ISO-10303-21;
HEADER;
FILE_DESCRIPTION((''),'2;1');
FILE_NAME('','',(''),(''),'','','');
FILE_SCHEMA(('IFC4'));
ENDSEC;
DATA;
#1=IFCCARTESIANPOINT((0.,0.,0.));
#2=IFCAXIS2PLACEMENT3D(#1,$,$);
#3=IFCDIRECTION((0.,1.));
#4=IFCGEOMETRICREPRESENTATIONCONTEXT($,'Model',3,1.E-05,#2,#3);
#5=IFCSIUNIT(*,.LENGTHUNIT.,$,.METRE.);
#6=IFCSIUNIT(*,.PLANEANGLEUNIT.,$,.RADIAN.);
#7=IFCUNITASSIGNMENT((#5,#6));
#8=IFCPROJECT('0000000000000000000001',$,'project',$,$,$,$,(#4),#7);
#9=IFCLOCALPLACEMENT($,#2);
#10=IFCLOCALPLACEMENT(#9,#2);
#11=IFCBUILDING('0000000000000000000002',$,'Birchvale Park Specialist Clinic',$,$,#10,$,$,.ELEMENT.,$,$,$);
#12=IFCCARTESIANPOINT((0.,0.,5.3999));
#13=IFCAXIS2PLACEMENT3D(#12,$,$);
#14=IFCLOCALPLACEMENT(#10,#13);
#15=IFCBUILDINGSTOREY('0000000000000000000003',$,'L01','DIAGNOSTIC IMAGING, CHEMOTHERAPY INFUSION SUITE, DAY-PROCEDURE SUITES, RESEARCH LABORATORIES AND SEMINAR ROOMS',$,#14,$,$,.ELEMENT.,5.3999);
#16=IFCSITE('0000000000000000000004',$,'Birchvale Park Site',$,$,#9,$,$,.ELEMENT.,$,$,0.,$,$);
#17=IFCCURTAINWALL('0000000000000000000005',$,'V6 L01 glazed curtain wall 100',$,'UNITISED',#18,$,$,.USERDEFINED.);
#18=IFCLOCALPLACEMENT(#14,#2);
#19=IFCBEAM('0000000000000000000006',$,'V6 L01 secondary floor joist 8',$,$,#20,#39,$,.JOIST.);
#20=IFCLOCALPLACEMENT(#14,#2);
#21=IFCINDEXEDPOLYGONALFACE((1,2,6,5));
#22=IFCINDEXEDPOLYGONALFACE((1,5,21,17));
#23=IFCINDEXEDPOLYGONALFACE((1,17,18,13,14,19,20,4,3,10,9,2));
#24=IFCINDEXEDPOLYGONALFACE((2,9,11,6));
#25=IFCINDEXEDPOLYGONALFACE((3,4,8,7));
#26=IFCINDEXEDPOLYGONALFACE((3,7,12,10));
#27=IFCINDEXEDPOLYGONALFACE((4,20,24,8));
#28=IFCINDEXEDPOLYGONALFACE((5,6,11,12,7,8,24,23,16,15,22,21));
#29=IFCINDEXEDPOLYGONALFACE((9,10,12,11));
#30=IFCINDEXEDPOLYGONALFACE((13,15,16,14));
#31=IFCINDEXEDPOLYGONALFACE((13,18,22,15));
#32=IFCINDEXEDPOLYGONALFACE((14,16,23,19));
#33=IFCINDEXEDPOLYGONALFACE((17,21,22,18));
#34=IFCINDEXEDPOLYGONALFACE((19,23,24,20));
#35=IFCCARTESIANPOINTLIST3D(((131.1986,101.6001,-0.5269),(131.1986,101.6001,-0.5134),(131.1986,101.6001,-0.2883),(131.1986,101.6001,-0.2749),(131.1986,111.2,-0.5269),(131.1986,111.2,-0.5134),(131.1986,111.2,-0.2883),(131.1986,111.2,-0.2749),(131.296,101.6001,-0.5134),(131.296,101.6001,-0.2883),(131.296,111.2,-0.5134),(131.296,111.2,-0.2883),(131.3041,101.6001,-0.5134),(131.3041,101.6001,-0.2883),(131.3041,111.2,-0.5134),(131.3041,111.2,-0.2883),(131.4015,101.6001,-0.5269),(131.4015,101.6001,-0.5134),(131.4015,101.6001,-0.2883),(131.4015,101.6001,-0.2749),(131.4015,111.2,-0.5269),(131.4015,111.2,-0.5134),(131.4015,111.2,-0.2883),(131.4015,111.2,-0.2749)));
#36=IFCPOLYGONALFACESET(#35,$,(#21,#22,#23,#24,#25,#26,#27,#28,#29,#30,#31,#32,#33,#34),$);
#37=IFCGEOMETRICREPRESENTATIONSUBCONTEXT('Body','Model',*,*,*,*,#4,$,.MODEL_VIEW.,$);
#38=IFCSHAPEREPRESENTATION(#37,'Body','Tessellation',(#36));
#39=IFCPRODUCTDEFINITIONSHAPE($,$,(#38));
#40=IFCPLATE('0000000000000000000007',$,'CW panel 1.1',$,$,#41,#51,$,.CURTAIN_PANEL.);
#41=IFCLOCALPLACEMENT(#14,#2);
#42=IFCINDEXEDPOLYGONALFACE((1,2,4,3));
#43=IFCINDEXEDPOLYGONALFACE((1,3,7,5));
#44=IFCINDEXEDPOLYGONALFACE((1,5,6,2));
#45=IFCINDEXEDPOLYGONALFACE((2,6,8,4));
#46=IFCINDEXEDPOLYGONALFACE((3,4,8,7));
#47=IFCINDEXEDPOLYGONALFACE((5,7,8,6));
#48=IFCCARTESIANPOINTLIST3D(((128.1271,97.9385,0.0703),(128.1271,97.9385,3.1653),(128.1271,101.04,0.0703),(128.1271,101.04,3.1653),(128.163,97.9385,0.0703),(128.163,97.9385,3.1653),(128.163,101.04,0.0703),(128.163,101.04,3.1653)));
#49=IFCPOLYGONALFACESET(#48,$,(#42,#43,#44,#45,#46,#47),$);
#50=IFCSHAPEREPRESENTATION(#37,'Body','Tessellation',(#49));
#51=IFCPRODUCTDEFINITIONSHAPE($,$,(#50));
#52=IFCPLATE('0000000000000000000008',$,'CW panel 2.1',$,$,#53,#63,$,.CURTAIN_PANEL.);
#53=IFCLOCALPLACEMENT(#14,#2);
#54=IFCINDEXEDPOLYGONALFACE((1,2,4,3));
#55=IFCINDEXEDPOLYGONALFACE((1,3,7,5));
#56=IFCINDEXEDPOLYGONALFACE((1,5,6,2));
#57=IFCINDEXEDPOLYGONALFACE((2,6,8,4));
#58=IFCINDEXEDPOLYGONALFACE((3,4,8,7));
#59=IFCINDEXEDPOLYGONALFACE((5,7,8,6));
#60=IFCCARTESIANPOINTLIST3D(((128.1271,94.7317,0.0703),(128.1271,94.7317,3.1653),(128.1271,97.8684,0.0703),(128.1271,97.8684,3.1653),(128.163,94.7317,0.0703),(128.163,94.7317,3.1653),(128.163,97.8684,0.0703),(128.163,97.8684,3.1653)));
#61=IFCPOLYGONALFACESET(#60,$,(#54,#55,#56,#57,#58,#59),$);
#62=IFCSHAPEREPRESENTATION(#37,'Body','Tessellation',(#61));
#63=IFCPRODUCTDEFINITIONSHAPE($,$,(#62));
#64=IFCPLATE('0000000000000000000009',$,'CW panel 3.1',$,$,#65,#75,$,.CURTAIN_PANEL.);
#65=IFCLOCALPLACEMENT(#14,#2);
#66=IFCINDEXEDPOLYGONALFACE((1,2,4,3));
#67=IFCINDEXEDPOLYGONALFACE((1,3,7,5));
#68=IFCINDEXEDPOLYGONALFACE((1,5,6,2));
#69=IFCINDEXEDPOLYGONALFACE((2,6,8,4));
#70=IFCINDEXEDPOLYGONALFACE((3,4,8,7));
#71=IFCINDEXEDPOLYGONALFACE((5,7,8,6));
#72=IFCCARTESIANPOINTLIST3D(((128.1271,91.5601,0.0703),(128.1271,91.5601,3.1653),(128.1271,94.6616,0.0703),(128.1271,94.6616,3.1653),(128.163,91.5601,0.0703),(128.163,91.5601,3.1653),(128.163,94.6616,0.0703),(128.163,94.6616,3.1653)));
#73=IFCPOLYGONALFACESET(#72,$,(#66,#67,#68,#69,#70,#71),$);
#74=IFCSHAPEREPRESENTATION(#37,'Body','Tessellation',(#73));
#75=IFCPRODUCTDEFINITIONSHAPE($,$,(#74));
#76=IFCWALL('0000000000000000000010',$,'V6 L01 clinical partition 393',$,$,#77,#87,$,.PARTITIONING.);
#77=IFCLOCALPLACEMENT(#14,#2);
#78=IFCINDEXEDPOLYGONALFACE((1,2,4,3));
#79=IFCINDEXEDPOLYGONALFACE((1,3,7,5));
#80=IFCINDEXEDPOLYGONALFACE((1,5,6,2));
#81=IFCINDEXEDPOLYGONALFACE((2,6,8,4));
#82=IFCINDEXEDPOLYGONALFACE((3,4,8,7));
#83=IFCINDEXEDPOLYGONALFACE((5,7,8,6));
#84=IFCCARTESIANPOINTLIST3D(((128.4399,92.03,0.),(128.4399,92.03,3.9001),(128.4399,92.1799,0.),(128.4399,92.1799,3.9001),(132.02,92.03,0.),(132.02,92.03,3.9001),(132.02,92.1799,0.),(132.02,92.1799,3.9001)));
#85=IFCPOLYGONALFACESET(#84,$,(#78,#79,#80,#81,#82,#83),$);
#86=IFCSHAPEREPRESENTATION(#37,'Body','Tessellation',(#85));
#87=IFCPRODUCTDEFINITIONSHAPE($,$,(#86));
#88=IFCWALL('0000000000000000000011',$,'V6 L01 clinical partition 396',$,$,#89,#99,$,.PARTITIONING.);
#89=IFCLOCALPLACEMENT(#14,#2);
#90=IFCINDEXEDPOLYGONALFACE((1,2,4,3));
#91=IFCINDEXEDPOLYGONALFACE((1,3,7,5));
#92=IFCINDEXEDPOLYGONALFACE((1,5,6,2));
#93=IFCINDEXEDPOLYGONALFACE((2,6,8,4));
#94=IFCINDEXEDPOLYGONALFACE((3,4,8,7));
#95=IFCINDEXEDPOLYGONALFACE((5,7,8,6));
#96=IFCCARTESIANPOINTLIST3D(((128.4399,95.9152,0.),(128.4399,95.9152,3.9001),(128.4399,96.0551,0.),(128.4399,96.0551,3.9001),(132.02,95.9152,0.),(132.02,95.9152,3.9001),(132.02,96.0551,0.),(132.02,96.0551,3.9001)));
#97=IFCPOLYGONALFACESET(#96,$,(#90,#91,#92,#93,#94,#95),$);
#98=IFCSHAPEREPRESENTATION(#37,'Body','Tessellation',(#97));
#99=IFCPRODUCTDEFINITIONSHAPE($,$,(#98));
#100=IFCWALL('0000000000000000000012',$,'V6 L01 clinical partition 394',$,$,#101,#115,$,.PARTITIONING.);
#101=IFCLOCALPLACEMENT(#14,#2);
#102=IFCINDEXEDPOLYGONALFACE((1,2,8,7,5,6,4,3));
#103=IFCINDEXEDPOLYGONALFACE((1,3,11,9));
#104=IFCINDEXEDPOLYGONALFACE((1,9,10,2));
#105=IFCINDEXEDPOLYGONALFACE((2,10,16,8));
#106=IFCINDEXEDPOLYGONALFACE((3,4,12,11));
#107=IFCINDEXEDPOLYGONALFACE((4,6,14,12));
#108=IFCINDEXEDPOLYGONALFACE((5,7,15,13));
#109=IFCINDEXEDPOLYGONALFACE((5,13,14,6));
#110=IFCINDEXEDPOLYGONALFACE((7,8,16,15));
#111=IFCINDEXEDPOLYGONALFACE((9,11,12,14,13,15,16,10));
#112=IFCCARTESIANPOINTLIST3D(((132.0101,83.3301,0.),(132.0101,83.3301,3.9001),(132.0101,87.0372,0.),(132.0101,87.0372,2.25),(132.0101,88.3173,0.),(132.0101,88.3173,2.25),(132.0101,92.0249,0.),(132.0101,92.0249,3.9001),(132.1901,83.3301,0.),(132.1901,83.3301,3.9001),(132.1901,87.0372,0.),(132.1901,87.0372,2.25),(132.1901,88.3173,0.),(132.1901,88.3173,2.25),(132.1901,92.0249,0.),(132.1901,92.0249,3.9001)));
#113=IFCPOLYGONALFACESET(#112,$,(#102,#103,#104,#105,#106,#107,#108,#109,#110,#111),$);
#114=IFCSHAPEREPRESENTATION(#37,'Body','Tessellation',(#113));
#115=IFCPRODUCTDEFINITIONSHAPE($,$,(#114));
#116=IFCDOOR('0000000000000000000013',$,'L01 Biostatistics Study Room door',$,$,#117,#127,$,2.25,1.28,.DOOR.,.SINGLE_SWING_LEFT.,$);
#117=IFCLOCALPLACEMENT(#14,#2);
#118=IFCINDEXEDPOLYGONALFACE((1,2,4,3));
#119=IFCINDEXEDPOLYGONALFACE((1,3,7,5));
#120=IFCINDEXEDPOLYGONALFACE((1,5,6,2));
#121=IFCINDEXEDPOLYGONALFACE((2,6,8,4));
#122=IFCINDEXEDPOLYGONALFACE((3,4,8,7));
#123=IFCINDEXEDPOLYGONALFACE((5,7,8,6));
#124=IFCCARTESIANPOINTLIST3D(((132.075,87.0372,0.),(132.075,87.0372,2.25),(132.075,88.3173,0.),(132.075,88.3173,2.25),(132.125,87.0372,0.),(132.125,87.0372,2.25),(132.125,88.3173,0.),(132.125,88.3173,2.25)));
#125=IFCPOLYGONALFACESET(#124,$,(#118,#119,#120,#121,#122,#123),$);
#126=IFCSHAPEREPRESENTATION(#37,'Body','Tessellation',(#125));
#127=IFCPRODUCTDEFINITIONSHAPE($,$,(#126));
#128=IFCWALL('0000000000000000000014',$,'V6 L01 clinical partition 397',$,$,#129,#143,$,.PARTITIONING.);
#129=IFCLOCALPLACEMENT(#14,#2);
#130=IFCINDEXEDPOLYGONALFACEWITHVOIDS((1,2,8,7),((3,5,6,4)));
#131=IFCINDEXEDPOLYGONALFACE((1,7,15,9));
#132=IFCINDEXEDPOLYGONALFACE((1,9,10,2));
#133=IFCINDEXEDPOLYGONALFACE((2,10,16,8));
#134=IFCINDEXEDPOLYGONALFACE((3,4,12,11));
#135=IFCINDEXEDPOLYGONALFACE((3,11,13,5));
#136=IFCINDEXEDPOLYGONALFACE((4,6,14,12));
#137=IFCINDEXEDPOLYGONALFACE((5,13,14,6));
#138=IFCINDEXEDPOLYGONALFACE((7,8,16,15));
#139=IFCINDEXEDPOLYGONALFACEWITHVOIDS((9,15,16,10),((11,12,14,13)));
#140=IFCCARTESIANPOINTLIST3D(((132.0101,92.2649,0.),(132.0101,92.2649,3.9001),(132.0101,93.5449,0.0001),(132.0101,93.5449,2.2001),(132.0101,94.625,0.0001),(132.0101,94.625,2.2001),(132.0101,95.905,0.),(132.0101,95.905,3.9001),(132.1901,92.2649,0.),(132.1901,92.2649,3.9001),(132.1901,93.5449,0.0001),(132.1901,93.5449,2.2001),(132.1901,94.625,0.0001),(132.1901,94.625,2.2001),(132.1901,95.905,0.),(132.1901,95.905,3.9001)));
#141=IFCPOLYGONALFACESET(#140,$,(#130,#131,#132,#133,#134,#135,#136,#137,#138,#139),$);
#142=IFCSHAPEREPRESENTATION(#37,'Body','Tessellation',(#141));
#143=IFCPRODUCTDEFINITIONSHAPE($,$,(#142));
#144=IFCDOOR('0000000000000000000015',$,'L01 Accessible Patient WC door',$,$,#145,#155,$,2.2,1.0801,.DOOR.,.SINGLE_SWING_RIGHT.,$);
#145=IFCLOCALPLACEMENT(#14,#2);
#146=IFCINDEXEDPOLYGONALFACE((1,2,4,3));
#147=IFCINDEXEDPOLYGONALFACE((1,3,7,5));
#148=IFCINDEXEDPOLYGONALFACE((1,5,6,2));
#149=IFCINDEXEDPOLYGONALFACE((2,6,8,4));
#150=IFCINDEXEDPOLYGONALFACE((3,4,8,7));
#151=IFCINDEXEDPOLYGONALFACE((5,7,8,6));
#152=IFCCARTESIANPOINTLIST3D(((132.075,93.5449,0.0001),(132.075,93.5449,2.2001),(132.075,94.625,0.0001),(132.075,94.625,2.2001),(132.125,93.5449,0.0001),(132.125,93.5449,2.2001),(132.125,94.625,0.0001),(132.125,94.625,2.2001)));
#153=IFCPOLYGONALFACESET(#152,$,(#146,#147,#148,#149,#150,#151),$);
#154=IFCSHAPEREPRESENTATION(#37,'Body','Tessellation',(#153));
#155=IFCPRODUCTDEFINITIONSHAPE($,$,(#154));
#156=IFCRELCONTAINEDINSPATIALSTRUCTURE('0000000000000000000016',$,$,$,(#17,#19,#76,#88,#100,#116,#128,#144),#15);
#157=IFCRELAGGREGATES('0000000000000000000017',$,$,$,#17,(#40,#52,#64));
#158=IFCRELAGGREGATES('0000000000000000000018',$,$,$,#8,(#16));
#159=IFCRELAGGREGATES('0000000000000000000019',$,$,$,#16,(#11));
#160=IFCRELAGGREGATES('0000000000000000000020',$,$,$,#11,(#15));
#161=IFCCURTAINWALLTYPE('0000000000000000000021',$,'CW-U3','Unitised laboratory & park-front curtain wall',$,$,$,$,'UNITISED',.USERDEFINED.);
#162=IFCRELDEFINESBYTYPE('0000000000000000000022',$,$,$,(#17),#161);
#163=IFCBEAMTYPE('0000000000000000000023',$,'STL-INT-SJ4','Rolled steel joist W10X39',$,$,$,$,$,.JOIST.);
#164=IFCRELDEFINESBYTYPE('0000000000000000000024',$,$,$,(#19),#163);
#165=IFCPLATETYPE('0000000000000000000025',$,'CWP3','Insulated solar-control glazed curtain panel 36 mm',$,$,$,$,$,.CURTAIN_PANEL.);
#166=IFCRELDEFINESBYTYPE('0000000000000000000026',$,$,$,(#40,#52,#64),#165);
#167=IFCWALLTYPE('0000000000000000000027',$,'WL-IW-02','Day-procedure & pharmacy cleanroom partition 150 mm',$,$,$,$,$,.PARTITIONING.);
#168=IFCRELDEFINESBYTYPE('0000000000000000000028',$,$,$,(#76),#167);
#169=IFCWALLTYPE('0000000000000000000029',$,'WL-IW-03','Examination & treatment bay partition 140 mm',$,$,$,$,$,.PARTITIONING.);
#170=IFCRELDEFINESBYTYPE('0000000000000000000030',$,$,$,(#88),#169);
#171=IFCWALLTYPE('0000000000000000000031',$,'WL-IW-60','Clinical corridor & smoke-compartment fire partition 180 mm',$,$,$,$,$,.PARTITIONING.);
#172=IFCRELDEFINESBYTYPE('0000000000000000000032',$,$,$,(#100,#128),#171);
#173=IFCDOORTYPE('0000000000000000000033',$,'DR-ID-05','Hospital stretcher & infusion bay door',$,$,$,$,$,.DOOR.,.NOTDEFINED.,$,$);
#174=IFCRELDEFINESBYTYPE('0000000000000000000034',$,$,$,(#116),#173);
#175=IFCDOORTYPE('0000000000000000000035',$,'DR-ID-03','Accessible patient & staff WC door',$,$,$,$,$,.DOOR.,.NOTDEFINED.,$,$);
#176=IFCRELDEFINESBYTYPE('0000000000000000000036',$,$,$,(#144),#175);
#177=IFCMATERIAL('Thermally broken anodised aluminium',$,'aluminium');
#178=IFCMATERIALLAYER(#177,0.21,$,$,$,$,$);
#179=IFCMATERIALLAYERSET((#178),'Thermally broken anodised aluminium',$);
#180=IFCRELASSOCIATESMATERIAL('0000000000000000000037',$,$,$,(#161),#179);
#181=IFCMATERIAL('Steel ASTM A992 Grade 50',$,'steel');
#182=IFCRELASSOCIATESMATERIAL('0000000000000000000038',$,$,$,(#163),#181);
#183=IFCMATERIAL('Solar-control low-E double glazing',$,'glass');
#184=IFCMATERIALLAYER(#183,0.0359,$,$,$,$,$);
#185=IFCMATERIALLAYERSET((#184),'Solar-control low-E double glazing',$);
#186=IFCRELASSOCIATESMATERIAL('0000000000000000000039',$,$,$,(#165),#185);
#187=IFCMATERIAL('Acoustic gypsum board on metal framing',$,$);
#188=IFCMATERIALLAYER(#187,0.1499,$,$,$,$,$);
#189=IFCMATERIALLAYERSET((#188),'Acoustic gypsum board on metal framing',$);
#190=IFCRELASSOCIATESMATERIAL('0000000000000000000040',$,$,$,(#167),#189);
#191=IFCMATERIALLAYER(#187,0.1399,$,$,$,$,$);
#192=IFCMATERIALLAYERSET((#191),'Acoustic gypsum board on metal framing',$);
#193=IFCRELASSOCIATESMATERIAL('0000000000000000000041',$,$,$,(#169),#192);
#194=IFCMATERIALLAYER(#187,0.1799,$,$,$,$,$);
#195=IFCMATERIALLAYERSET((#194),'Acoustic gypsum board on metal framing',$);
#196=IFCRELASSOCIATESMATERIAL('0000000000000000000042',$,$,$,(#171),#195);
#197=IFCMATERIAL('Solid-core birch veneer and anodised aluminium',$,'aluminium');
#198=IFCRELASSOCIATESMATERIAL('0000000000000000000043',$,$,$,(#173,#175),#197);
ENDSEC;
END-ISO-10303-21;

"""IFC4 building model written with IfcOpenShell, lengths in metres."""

from ifc_helpers import new_model, si_unit, direction, frame, frame_2d, origin, origin_2d, place, context, subcontext, project, spatial, rectangle, i_section, extrude, material, layer, layer_set, material_profile, profile_set, type_object, element, fill, aggregate, save


model = new_model("IFC4")

# Units and contexts
model_context = context("Model", 3, precision=1e-05, world=origin(), true_north=direction((0.0, 1.0)))
body_context = subcontext(model_context, "Body", "Model", "MODEL_VIEW")
ifc_project = project(units=[si_unit("LENGTHUNIT", "METRE"), si_unit("PLANEANGLEUNIT", "RADIAN")], contexts=[model_context])

# Site, building, storey
site_placement = place(None, origin())
site = spatial("IfcSite", under=ifc_project, at=site_placement, Name="Birchvale Park Site", CompositionType="ELEMENT", RefElevation=0.0)
building_placement = place(site_placement, origin())
building = spatial("IfcBuilding", under=site, at=building_placement, Name="Birchvale Park Specialist Clinic", CompositionType="ELEMENT")
storey_placement = place(building_placement, frame((0.0, 0.0, 5.3999)))
storey = spatial("IfcBuildingStorey", under=building, at=storey_placement, Name="L01", Description="DIAGNOSTIC IMAGING, CHEMOTHERAPY INFUSION SUITE, DAY-PROCEDURE SUITES, RESEARCH LABORATORIES AND SEMINAR ROOMS", CompositionType="ELEMENT", Elevation=5.3999)

# Curtain wall
ifc_material_1 = material(Name="Thermally broken anodised aluminium", Category="aluminium")
ifc_layer_1 = layer(ifc_material_1, 0.21)
ifc_layer_set_1 = layer_set([ifc_layer_1], Name="Thermally broken anodised aluminium")
curtain_wall_type = type_object("IfcCurtainWallType", Name="CW-U3", Description="Unitised laboratory & park-front curtain wall", ElementType="UNITISED", PredefinedType="USERDEFINED", material=ifc_layer_set_1)
curtain_wall_placement = place(storey_placement, origin())
curtain_wall = element("IfcCurtainWall", 1, at=curtain_wall_placement, inside=storey, type_object=curtain_wall_type, Name="V6 L01 glazed curtain wall 100", ObjectType="UNITISED", PredefinedType="USERDEFINED")

# Beam
ifc_material_2 = material(Name="Steel ASTM A992 Grade 50", Category="steel")
ifc_material_profile_1 = material_profile(ifc_material_2, i_section(OverallWidth=0.2029, OverallDepth=0.252, WebThickness=0.0081, FlangeThickness=0.0134, at=origin_2d()), Name="W10X39")
ifc_profile_set_1 = profile_set([ifc_material_profile_1], Name="Steel ASTM A992 Grade 50")
beam_type_1 = type_object("IfcBeamType", Name="STL-INT-SJ4", Description="Rolled steel joist W10X39", PredefinedType="JOIST", material=ifc_profile_set_1)
beam_1_placement = place(storey_placement, frame((131.3, 101.6001, -0.4009), z_axis=(0.0, 1.0, 0.0), x_axis=(-1.0, 0.0, 0.0)))
element("IfcBeam", 2, at=beam_1_placement, inside=storey, type_object=beam_type_1, Name="V6 L01 secondary floor joist 8", PredefinedType="JOIST", context=body_context, shape_type="SweptSolid", body=[
    extrude(i_section(OverallWidth=0.2029, OverallDepth=0.252, WebThickness=0.0081, FlangeThickness=0.0134, at=origin_2d()), origin(), (0.0, 0.0, 1.0), 9.5999),
])

# Plates
ifc_material_3 = material(Name="Solar-control low-E double glazing", Category="glass")
ifc_layer_2 = layer(ifc_material_3, 0.0359)
ifc_layer_set_2 = layer_set([ifc_layer_2], Name="Solar-control low-E double glazing")
plate_type = type_object("IfcPlateType", Name="CWP3", Description="Insulated solar-control glazed curtain panel 36 mm", PredefinedType="CURTAIN_PANEL", material=ifc_layer_set_2)
plate_1_placement = place(storey_placement, frame((128.145, 99.4893, 0.0703), z_axis=(0.0, 0.0, 1.0), x_axis=(0.0, -1.0, 0.0)))
plate_1 = element("IfcPlate", 3, at=plate_1_placement, type_object=plate_type, Name="CW panel 1.1", PredefinedType="CURTAIN_PANEL", context=body_context, shape_type="SweptSolid", body=[
    extrude(rectangle(XDim=3.1016, YDim=0.0359, at=origin_2d()), origin(), (0.0, 0.0, 1.0), 3.095),
])
plate_2_placement = place(storey_placement, frame((128.145, 96.3, 0.0703), z_axis=(0.0, 0.0, 1.0), x_axis=(0.0, -1.0, 0.0)))
plate_2 = element("IfcPlate", 4, at=plate_2_placement, type_object=plate_type, Name="CW panel 2.1", PredefinedType="CURTAIN_PANEL", context=body_context, shape_type="SweptSolid", body=[
    extrude(rectangle(XDim=3.1367, YDim=0.0359, at=origin_2d()), origin(), (0.0, 0.0, 1.0), 3.095),
])
plate_3_placement = place(storey_placement, frame((128.145, 93.1108, 0.0703), z_axis=(0.0, 0.0, 1.0), x_axis=(0.0, -1.0, 0.0)))
plate_3 = element("IfcPlate", 5, at=plate_3_placement, type_object=plate_type, Name="CW panel 3.1", PredefinedType="CURTAIN_PANEL", context=body_context, shape_type="SweptSolid", body=[
    extrude(rectangle(XDim=3.1016, YDim=0.0359, at=origin_2d()), origin(), (0.0, 0.0, 1.0), 3.095),
])
aggregate(curtain_wall, [plate_1, plate_2, plate_3])

# Walls
ifc_material_4 = material(Name="Acoustic gypsum board on metal framing")
ifc_layer_3 = layer(ifc_material_4, 0.1499)
ifc_layer_set_3 = layer_set([ifc_layer_3], Name="Acoustic gypsum board on metal framing")
wall_type_1 = type_object("IfcWallType", Name="WL-IW-02", Description="Day-procedure & pharmacy cleanroom partition 150 mm", PredefinedType="PARTITIONING", material=ifc_layer_set_3)
wall_1_placement = place(storey_placement, frame((128.4399, 92.105, 0.0), z_axis=(0.0, 0.0, 1.0), x_axis=(1.0, 0.0, 0.0)))
element("IfcWall", 6, at=wall_1_placement, inside=storey, type_object=wall_type_1, Name="V6 L01 clinical partition 393", PredefinedType="PARTITIONING", context=body_context, shape_type="SweptSolid", body=[
    extrude(rectangle(XDim=3.5801, YDim=0.1499, at=frame_2d((1.79, 0.0))), origin(), (0.0, 0.0, 1.0), 3.9001),
])
ifc_layer_4 = layer(ifc_material_4, 0.1399)
ifc_layer_set_4 = layer_set([ifc_layer_4], Name="Acoustic gypsum board on metal framing")
wall_type_2 = type_object("IfcWallType", Name="WL-IW-03", Description="Examination & treatment bay partition 140 mm", PredefinedType="PARTITIONING", material=ifc_layer_set_4)
wall_2_placement = place(storey_placement, frame((128.4399, 95.9851, 0.0), z_axis=(0.0, 0.0, 1.0), x_axis=(1.0, 0.0, 0.0)))
element("IfcWall", 7, at=wall_2_placement, inside=storey, type_object=wall_type_2, Name="V6 L01 clinical partition 396", PredefinedType="PARTITIONING", context=body_context, shape_type="SweptSolid", body=[
    extrude(rectangle(XDim=3.5801, YDim=0.1399, at=frame_2d((1.79, 0.0))), origin(), (0.0, 0.0, 1.0), 3.9001),
])

# Walls, openings, doors
ifc_layer_5 = layer(ifc_material_4, 0.1799)
ifc_layer_set_5 = layer_set([ifc_layer_5], Name="Acoustic gypsum board on metal framing")
wall_type_3 = type_object("IfcWallType", Name="WL-IW-60", Description="Clinical corridor & smoke-compartment fire partition 180 mm", PredefinedType="PARTITIONING", material=ifc_layer_set_5)
wall_3_placement = place(storey_placement, frame((132.1001, 92.0249, 0.0), z_axis=(0.0, 0.0, 1.0), x_axis=(0.0, -1.0, 0.0)))
wall_3 = element("IfcWall", 8, at=wall_3_placement, inside=storey, type_object=wall_type_3, Name="V6 L01 clinical partition 394", PredefinedType="PARTITIONING", context=body_context, shape_type="SweptSolid", body=[
    extrude(rectangle(XDim=8.6948, YDim=0.1799, at=frame_2d((4.3474, 0.0))), origin(), (0.0, 0.0, 1.0), 3.9001),
])
opening_1_placement = place(wall_3_placement, frame((3.7075, 0.0, 0.0)))
opening_1 = element("IfcOpeningElement", 9, at=opening_1_placement, cuts=wall_3, PredefinedType="OPENING", context=body_context, shape_type="SweptSolid", body=[
    extrude(rectangle(XDim=1.28, YDim=2.25, at=frame_2d((0.6401, 1.125))), frame((0.0, 0.1001, 0.0), z_axis=(0.0, -1.0, 0.0), x_axis=(1.0, 0.0, 0.0)), (0.0, 0.0, 1.0), 0.2),
])
ifc_material_5 = material(Name="Solid-core birch veneer and anodised aluminium", Category="aluminium")
door_type_1 = type_object("IfcDoorType", Name="DR-ID-05", Description="Hospital stretcher & infusion bay door", OperationType="NOTDEFINED", PredefinedType="DOOR", material=ifc_material_5)
door_1_placement = place(opening_1_placement, origin())
door_1 = element("IfcDoor", 10, at=door_1_placement, inside=storey, type_object=door_type_1, Name="L01 Biostatistics Study Room door", OperationType="SINGLE_SWING_LEFT", OverallHeight=2.25, OverallWidth=1.28, PredefinedType="DOOR", context=body_context, shape_type="SweptSolid", body=[
    extrude(rectangle(XDim=1.28, YDim=2.25, at=frame_2d((0.6401, 1.125))), frame((0.0, 0.0249, 0.0), z_axis=(0.0, -1.0, 0.0), x_axis=(1.0, 0.0, 0.0)), (0.0, 0.0, 1.0), 0.05),
])
fill(opening_1, door_1)
wall_4_placement = place(storey_placement, frame((132.1001, 95.905, 0.0), z_axis=(0.0, 0.0, 1.0), x_axis=(0.0, -1.0, 0.0)))
wall_4 = element("IfcWall", 11, at=wall_4_placement, inside=storey, type_object=wall_type_3, Name="V6 L01 clinical partition 397", PredefinedType="PARTITIONING", context=body_context, shape_type="SweptSolid", body=[
    extrude(rectangle(XDim=3.6401, YDim=0.1799, at=frame_2d((1.8201, 0.0))), origin(), (0.0, 0.0, 1.0), 3.9001),
])
opening_2_placement = place(wall_4_placement, frame((1.28, 0.0, 0.0)))
opening_2 = element("IfcOpeningElement", 12, at=opening_2_placement, cuts=wall_4, PredefinedType="OPENING", context=body_context, shape_type="SweptSolid", body=[
    extrude(rectangle(XDim=1.0801, YDim=2.2, at=frame_2d((0.54, 1.1001))), frame((0.0, 0.1001, 0.0), z_axis=(0.0, -1.0, 0.0), x_axis=(1.0, 0.0, 0.0)), (0.0, 0.0, 1.0), 0.2),
])
door_type_2 = type_object("IfcDoorType", Name="DR-ID-03", Description="Accessible patient & staff WC door", OperationType="NOTDEFINED", PredefinedType="DOOR", material=ifc_material_5)
door_2_placement = place(opening_2_placement, origin())
door_2 = element("IfcDoor", 13, at=door_2_placement, inside=storey, type_object=door_type_2, Name="L01 Accessible Patient WC door", OperationType="SINGLE_SWING_RIGHT", OverallHeight=2.2, OverallWidth=1.0801, PredefinedType="DOOR", context=body_context, shape_type="SweptSolid", body=[
    extrude(rectangle(XDim=1.0801, YDim=2.2, at=frame_2d((0.54, 1.1001))), frame((0.0, 0.0249, 0.0), z_axis=(0.0, -1.0, 0.0), x_axis=(1.0, 0.0, 0.0)), (0.0, 0.0, 1.0), 0.05),
])
fill(opening_2, door_2)

save(model, "model.ifc")
